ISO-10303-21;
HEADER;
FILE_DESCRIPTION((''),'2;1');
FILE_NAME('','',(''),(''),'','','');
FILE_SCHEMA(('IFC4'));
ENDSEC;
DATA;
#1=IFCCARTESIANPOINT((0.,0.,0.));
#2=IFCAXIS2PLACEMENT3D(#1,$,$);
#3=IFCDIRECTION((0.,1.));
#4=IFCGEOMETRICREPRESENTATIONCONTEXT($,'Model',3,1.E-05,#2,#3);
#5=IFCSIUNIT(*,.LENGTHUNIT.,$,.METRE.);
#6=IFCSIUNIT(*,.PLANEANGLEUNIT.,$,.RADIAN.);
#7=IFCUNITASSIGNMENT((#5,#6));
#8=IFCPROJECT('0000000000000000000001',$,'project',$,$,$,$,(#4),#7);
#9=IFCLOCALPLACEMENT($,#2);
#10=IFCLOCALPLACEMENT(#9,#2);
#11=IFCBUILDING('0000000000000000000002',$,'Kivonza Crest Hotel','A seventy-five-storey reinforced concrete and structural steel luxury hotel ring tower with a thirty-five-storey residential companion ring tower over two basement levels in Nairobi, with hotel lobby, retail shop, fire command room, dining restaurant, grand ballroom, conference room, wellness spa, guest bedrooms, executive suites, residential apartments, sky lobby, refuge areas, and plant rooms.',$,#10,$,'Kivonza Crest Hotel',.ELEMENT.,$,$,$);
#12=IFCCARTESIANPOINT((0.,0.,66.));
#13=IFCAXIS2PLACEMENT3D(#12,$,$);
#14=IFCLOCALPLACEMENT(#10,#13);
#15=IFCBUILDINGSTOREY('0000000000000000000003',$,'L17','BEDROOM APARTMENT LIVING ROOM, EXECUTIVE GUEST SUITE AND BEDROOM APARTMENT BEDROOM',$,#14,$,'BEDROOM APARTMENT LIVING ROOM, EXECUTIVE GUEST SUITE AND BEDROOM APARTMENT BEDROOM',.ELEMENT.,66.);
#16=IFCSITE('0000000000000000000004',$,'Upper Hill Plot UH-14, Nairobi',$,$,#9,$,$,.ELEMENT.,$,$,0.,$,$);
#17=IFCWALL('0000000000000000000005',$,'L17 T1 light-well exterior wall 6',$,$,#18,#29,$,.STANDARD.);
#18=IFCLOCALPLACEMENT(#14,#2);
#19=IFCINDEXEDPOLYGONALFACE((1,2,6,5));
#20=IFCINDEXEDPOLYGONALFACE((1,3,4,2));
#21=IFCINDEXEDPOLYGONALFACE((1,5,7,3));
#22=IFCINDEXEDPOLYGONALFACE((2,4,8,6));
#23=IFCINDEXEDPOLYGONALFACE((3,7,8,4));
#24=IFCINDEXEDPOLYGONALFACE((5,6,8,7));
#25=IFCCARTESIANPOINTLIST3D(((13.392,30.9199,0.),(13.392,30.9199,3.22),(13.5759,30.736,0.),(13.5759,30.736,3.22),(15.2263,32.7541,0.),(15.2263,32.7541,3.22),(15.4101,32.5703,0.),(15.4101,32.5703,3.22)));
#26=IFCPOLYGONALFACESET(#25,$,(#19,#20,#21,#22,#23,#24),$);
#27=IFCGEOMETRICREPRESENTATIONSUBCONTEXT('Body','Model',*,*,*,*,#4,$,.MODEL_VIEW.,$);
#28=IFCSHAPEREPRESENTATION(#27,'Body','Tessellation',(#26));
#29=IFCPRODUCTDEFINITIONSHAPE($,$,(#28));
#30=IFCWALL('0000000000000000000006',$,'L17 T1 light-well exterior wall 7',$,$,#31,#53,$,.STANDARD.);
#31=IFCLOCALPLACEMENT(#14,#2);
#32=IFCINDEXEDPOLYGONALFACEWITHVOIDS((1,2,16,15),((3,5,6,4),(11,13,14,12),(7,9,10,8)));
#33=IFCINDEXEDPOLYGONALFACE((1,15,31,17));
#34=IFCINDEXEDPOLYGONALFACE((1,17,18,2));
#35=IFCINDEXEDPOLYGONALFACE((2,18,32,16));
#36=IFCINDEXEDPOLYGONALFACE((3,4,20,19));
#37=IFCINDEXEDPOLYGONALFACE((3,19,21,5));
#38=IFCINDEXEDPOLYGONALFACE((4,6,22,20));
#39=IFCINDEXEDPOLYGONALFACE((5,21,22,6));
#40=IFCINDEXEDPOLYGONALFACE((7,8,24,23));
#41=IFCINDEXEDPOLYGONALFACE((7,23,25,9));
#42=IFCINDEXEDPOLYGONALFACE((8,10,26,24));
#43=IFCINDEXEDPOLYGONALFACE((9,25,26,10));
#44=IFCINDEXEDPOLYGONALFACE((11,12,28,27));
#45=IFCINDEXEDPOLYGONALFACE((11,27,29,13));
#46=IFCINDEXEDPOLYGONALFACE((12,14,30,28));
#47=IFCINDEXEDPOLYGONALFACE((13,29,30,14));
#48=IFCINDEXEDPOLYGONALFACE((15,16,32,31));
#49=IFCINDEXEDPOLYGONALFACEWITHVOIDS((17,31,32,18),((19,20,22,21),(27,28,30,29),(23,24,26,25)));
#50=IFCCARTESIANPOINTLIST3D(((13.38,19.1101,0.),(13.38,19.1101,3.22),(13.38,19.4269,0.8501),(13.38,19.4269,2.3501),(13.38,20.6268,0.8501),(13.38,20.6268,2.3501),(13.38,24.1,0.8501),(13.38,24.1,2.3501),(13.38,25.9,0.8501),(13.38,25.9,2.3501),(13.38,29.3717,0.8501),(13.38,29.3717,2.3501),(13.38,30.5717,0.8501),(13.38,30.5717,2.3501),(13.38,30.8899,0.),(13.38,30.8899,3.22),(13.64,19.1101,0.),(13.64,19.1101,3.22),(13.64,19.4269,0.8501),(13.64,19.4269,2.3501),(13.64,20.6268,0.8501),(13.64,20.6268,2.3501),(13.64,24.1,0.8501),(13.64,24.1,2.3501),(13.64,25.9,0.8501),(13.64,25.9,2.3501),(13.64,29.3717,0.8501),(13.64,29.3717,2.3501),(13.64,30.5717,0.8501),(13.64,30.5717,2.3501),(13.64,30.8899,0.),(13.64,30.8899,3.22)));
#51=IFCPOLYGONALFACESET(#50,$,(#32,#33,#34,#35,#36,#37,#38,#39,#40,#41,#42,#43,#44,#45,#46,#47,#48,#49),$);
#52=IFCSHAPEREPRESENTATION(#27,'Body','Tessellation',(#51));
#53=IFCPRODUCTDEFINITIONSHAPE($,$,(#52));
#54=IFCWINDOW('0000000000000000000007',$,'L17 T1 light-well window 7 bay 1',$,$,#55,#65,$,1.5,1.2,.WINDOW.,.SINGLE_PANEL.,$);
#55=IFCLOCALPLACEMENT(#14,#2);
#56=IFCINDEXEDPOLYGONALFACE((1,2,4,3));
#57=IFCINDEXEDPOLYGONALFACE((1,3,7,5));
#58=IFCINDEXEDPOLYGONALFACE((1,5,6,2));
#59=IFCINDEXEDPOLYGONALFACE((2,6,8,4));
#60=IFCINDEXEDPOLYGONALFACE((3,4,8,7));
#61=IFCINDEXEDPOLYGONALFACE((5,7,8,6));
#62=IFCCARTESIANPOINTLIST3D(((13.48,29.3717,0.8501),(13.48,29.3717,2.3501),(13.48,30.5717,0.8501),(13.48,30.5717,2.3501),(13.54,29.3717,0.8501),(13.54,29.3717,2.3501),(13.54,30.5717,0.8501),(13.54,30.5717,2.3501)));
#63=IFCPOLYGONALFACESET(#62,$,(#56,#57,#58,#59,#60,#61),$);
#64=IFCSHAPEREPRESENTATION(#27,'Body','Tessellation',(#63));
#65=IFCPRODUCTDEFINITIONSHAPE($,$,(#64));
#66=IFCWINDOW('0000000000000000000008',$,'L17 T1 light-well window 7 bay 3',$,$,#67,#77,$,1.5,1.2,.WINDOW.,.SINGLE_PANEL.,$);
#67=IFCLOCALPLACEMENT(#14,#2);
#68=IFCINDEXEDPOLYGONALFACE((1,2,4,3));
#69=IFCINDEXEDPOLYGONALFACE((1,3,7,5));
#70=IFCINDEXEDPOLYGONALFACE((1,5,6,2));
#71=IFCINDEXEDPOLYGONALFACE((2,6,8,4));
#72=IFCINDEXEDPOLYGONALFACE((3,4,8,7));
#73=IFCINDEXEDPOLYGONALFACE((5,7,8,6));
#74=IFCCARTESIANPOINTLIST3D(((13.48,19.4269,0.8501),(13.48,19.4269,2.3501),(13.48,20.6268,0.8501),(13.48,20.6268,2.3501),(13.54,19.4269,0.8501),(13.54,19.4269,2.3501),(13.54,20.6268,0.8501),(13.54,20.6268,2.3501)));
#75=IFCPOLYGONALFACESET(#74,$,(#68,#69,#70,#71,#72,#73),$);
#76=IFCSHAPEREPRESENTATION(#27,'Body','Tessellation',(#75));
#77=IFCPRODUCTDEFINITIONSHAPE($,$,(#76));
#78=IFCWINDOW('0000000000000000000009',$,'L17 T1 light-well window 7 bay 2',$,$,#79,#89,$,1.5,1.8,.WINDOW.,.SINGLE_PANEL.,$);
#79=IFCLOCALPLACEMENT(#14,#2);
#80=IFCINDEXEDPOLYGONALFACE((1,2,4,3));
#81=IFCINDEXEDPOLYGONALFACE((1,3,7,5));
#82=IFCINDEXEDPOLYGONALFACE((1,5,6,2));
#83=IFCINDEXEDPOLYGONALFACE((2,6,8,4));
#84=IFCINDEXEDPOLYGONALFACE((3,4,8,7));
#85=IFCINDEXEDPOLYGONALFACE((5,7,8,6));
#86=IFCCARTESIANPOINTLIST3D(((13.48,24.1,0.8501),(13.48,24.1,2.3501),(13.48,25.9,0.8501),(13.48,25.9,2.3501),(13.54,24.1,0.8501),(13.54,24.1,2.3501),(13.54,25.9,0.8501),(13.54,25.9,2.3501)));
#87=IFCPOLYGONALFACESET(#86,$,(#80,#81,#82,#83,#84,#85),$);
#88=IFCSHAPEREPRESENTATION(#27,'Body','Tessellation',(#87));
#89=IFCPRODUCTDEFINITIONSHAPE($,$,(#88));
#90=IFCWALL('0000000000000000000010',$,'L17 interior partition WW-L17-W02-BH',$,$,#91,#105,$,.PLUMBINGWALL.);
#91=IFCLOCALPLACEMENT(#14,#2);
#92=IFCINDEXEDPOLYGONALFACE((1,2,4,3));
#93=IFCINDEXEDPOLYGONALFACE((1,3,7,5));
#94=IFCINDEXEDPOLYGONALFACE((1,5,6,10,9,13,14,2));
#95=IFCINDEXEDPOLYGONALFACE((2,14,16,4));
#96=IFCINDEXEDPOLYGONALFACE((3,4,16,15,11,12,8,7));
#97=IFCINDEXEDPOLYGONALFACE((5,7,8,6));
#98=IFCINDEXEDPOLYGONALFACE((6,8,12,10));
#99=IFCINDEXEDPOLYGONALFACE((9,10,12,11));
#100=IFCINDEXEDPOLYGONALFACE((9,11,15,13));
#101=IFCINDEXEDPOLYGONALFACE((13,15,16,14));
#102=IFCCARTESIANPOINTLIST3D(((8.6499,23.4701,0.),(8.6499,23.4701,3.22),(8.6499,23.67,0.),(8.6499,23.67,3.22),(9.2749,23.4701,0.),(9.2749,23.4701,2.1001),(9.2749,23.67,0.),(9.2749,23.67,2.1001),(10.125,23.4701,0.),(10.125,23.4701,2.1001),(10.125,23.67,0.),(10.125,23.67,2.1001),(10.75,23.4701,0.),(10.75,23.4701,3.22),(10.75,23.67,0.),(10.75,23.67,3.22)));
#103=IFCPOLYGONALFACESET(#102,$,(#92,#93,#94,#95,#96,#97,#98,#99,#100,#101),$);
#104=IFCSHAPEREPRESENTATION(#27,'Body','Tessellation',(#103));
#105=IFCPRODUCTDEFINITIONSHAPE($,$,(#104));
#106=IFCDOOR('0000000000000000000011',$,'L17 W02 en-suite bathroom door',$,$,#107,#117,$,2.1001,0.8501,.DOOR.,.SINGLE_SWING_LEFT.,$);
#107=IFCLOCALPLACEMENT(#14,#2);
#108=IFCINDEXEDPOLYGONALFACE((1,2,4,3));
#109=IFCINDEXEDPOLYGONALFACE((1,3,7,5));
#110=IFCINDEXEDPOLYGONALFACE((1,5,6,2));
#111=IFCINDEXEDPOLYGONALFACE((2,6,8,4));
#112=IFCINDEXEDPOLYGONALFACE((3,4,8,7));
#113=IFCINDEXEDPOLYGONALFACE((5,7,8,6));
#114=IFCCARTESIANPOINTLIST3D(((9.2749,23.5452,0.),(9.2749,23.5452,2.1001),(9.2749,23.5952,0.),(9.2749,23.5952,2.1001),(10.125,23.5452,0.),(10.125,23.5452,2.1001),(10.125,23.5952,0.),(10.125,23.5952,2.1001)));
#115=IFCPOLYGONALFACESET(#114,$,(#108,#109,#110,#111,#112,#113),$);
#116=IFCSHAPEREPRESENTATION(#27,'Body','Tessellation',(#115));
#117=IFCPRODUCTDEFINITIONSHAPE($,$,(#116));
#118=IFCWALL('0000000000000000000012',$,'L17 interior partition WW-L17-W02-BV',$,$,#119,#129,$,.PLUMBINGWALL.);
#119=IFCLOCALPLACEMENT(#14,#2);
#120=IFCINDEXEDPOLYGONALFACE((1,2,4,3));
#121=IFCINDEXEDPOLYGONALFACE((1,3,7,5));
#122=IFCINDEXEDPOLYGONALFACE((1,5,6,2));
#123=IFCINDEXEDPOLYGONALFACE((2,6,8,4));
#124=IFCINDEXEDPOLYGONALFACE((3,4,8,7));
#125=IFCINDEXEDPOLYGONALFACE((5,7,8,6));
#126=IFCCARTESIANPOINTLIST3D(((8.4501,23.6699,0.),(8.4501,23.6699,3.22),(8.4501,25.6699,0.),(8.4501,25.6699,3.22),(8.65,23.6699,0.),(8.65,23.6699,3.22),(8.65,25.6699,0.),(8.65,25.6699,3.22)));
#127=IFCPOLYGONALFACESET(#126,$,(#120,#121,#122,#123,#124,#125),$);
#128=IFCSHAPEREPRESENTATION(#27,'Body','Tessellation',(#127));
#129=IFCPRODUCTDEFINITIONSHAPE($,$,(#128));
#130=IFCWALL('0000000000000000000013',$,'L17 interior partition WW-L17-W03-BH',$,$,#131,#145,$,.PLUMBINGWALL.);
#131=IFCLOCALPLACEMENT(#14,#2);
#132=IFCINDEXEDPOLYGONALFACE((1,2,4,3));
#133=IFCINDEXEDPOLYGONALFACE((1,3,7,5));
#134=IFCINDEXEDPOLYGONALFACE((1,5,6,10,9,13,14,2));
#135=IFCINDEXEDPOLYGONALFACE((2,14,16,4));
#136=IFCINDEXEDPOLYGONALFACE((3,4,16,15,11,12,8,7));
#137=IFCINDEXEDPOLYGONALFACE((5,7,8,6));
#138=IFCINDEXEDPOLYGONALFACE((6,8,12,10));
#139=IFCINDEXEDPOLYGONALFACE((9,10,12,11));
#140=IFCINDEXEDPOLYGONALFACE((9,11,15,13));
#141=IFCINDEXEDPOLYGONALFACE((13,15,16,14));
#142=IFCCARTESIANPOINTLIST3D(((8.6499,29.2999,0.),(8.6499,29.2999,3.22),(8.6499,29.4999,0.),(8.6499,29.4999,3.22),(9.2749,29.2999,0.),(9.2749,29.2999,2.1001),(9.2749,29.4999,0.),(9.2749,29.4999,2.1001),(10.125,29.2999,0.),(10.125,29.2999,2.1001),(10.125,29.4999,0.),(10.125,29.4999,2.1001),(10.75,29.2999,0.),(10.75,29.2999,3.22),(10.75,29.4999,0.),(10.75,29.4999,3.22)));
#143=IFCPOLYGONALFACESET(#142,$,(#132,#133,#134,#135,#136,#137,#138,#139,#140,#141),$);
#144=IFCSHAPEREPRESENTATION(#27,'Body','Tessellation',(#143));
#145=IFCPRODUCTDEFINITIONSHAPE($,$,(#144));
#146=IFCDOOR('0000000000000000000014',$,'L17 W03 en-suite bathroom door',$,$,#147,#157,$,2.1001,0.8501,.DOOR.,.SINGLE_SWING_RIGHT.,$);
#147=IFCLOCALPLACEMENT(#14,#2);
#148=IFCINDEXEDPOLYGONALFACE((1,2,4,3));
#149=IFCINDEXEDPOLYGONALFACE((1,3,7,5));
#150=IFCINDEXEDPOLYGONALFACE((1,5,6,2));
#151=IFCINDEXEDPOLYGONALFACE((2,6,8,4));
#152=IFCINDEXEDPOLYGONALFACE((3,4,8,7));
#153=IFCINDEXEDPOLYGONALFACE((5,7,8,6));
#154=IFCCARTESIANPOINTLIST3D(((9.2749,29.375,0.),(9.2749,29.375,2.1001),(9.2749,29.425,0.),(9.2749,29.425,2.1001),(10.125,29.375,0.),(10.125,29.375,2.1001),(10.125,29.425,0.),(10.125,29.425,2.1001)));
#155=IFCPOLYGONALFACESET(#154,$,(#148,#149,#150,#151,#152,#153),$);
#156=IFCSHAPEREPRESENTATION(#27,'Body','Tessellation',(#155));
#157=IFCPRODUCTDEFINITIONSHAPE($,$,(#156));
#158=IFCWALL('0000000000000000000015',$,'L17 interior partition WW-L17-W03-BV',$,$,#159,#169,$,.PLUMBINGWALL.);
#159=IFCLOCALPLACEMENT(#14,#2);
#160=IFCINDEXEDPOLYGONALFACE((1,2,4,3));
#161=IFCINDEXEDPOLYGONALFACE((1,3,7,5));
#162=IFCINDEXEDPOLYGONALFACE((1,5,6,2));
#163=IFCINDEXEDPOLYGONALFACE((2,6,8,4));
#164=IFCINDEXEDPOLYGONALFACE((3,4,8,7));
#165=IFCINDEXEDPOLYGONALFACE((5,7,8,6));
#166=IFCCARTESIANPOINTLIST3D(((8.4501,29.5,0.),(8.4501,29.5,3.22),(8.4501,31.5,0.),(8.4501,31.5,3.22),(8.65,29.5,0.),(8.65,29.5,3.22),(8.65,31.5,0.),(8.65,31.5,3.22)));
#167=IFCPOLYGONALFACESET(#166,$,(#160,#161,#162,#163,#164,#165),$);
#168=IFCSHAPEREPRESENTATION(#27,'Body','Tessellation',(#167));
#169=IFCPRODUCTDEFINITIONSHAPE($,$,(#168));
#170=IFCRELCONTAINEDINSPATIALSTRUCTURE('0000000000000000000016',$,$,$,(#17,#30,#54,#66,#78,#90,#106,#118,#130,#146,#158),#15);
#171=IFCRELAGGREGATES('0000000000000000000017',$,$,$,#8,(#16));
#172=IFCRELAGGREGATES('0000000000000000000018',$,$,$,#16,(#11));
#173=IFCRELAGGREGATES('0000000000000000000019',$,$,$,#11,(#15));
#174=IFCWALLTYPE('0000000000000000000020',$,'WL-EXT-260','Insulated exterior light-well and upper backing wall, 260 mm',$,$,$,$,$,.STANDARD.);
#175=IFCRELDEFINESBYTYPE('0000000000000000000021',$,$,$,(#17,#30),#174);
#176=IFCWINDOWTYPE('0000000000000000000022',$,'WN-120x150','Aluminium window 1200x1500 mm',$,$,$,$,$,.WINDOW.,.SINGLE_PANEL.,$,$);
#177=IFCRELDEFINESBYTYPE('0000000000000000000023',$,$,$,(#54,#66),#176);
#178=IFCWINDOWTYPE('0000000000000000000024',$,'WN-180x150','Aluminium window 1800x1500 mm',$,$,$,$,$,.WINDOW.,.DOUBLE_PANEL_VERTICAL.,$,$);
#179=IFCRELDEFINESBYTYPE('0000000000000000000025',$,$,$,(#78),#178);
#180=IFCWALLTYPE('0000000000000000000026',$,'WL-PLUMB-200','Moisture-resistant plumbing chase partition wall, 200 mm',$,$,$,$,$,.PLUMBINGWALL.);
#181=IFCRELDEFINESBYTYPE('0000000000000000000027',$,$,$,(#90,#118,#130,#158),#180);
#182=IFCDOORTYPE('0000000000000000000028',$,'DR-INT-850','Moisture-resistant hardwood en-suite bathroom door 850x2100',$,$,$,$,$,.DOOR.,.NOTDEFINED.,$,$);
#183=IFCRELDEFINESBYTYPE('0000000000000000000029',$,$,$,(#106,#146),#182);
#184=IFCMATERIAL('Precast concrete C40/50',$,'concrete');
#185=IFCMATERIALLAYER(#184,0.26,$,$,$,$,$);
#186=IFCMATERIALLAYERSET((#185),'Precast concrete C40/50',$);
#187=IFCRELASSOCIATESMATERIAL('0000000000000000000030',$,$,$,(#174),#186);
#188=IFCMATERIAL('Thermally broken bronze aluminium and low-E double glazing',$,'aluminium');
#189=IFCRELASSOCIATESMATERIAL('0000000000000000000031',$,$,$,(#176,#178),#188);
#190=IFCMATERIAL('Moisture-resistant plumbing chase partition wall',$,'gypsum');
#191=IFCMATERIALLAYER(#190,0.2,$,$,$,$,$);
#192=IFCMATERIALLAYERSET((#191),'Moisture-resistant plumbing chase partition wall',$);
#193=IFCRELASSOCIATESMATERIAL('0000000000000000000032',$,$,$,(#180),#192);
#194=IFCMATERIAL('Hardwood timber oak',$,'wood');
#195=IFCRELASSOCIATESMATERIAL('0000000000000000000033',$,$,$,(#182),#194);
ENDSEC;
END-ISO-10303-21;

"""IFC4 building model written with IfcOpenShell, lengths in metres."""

from ifc_helpers import new_model, si_unit, direction, frame, frame_2d, origin, place, context, subcontext, project, spatial, rectangle, extrude, material, layer, layer_set, type_object, element, fill, save


model = new_model("IFC4")

# Units and contexts
model_context = context("Model", 3, precision=1e-05, world=origin(), true_north=direction((0.0, 1.0)))
body_context = subcontext(model_context, "Body", "Model", "MODEL_VIEW")
ifc_project = project(units=[si_unit("LENGTHUNIT", "METRE"), si_unit("PLANEANGLEUNIT", "RADIAN")], contexts=[model_context])

# Site, building, storey
site_placement = place(None, origin())
site = spatial("IfcSite", under=ifc_project, at=site_placement, Name="Upper Hill Plot UH-14, Nairobi", CompositionType="ELEMENT", RefElevation=0.0)
building_placement = place(site_placement, origin())
building = spatial("IfcBuilding", under=site, at=building_placement, Name="Kivonza Crest Hotel", Description="A seventy-five-storey reinforced concrete and structural steel luxury hotel ring tower with a thirty-five-storey residential companion ring tower over two basement levels in Nairobi, with hotel lobby, retail shop, fire command room, dining restaurant, grand ballroom, conference room, wellness spa, guest bedrooms, executive suites, residential apartments, sky lobby, refuge areas, and plant rooms.", LongName="Kivonza Crest Hotel", CompositionType="ELEMENT")
storey_placement = place(building_placement, frame((0.0, 0.0, 66.0)))
storey = spatial("IfcBuildingStorey", under=building, at=storey_placement, Name="L17", Description="BEDROOM APARTMENT LIVING ROOM, EXECUTIVE GUEST SUITE AND BEDROOM APARTMENT BEDROOM", LongName="BEDROOM APARTMENT LIVING ROOM, EXECUTIVE GUEST SUITE AND BEDROOM APARTMENT BEDROOM", CompositionType="ELEMENT", Elevation=66.0)

# Shared definitions
ifc_material_1 = material(Name="Hardwood timber oak", Category="wood")

# Wall
ifc_material_2 = material(Name="Precast concrete C40/50", Category="concrete")
ifc_layer_1 = layer(ifc_material_2, 0.26)
ifc_layer_set_1 = layer_set([ifc_layer_1], Name="Precast concrete C40/50")
wall_type_1 = type_object("IfcWallType", Name="WL-EXT-260", Description="Insulated exterior light-well and upper backing wall, 260 mm", PredefinedType="STANDARD", material=ifc_layer_set_1)
wall_1_placement = place(storey_placement, frame((15.3181, 32.6621, 0.0), z_axis=(0.0, 0.0, 1.0), x_axis=(-0.707107, -0.707107, 0.0)))
element("IfcWall", 1, at=wall_1_placement, inside=storey, type_object=wall_type_1, Name="L17 T1 light-well exterior wall 6", PredefinedType="STANDARD", context=body_context, shape_type="SweptSolid", body=[
    extrude(rectangle(XDim=2.594, YDim=0.26, at=frame_2d((1.2969, 0.0))), origin(), (0.0, 0.0, 1.0), 3.22),
])

# Wall, openings, windows
wall_2_placement = place(storey_placement, frame((13.51, 30.8899, 0.0), z_axis=(0.0, 0.0, 1.0), x_axis=(0.0, -1.0, 0.0)))
wall_2 = element("IfcWall", 2, at=wall_2_placement, inside=storey, type_object=wall_type_1, Name="L17 T1 light-well exterior wall 7", PredefinedType="STANDARD", context=body_context, shape_type="SweptSolid", body=[
    extrude(rectangle(XDim=11.7798, YDim=0.26, at=frame_2d((5.8899, 0.0))), origin(), (0.0, 0.0, 1.0), 3.22),
])
opening_1_placement = place(wall_2_placement, frame((0.3181, 0.0, 0.8501)))
opening_1 = element("IfcOpeningElement", 3, at=opening_1_placement, cuts=wall_2, PredefinedType="OPENING", context=body_context, shape_type="SweptSolid", body=[
    extrude(rectangle(XDim=1.2, YDim=1.5, at=frame_2d((0.6001, 0.75))), frame((0.0, 0.1401, 0.0), z_axis=(0.0, -1.0, 0.0), x_axis=(1.0, 0.0, 0.0)), (0.0, 0.0, 1.0), 0.28),
])
opening_2_placement = place(wall_2_placement, frame((4.99, 0.0, 0.8501)))
opening_2 = element("IfcOpeningElement", 4, at=opening_2_placement, cuts=wall_2, PredefinedType="OPENING", context=body_context, shape_type="SweptSolid", body=[
    extrude(rectangle(XDim=1.8, YDim=1.5, at=frame_2d((0.8999, 0.75))), frame((0.0, 0.1401, 0.0), z_axis=(0.0, -1.0, 0.0), x_axis=(1.0, 0.0, 0.0)), (0.0, 0.0, 1.0), 0.28),
])
opening_3_placement = place(wall_2_placement, frame((10.2629, 0.0, 0.8501)))
opening_3 = element("IfcOpeningElement", 5, at=opening_3_placement, cuts=wall_2, PredefinedType="OPENING", context=body_context, shape_type="SweptSolid", body=[
    extrude(rectangle(XDim=1.2, YDim=1.5, at=frame_2d((0.6001, 0.75))), frame((0.0, 0.1401, 0.0), z_axis=(0.0, -1.0, 0.0), x_axis=(1.0, 0.0, 0.0)), (0.0, 0.0, 1.0), 0.28),
])
ifc_material_3 = material(Name="Thermally broken bronze aluminium and low-E double glazing", Category="aluminium")
window_type_1 = type_object("IfcWindowType", Name="WN-120x150", Description="Aluminium window 1200x1500 mm", PartitioningType="SINGLE_PANEL", PredefinedType="WINDOW", material=ifc_material_3)
window_1_placement = place(opening_1_placement, origin())
window_1 = element("IfcWindow", 6, at=window_1_placement, inside=storey, type_object=window_type_1, Name="L17 T1 light-well window 7 bay 1", OverallHeight=1.5, OverallWidth=1.2, PartitioningType="SINGLE_PANEL", PredefinedType="WINDOW", context=body_context, shape_type="SweptSolid", body=[
    extrude(rectangle(XDim=1.2, YDim=1.5, at=frame_2d((0.6001, 0.75))), frame((0.0, 0.03, 0.0), z_axis=(0.0, -1.0, 0.0), x_axis=(1.0, 0.0, 0.0)), (0.0, 0.0, 1.0), 0.0601),
])
fill(opening_1, window_1)
window_2_placement = place(opening_3_placement, origin())
window_2 = element("IfcWindow", 7, at=window_2_placement, inside=storey, type_object=window_type_1, Name="L17 T1 light-well window 7 bay 3", OverallHeight=1.5, OverallWidth=1.2, PartitioningType="SINGLE_PANEL", PredefinedType="WINDOW", context=body_context, shape_type="SweptSolid", body=[
    extrude(rectangle(XDim=1.2, YDim=1.5, at=frame_2d((0.6001, 0.75))), frame((0.0, 0.03, 0.0), z_axis=(0.0, -1.0, 0.0), x_axis=(1.0, 0.0, 0.0)), (0.0, 0.0, 1.0), 0.0601),
])
fill(opening_3, window_2)
window_type_2 = type_object("IfcWindowType", Name="WN-180x150", Description="Aluminium window 1800x1500 mm", PartitioningType="DOUBLE_PANEL_VERTICAL", PredefinedType="WINDOW", material=ifc_material_3)
window_3_placement = place(opening_2_placement, origin())
window_3 = element("IfcWindow", 8, at=window_3_placement, inside=storey, type_object=window_type_2, Name="L17 T1 light-well window 7 bay 2", OverallHeight=1.5, OverallWidth=1.8, PartitioningType="SINGLE_PANEL", PredefinedType="WINDOW", context=body_context, shape_type="SweptSolid", body=[
    extrude(rectangle(XDim=1.8, YDim=1.5, at=frame_2d((0.8999, 0.75))), frame((0.0, 0.03, 0.0), z_axis=(0.0, -1.0, 0.0), x_axis=(1.0, 0.0, 0.0)), (0.0, 0.0, 1.0), 0.0601),
])
fill(opening_2, window_3)

# Wall, opening, door
ifc_material_4 = material(Name="Moisture-resistant plumbing chase partition wall", Category="gypsum")
ifc_layer_2 = layer(ifc_material_4, 0.2)
ifc_layer_set_2 = layer_set([ifc_layer_2], Name="Moisture-resistant plumbing chase partition wall")
wall_type_2 = type_object("IfcWallType", Name="WL-PLUMB-200", Description="Moisture-resistant plumbing chase partition wall, 200 mm", PredefinedType="PLUMBINGWALL", material=ifc_layer_set_2)
wall_3_placement = place(storey_placement, frame((8.6499, 23.5701, 0.0), z_axis=(0.0, 0.0, 1.0), x_axis=(1.0, 0.0, 0.0)))
wall_3 = element("IfcWall", 9, at=wall_3_placement, inside=storey, type_object=wall_type_2, Name="L17 interior partition WW-L17-W02-BH", PredefinedType="PLUMBINGWALL", context=body_context, shape_type="SweptSolid", body=[
    extrude(rectangle(XDim=2.1001, YDim=0.2, at=frame_2d((1.05, 0.0))), origin(), (0.0, 0.0, 1.0), 3.22),
])
opening_4_placement = place(wall_3_placement, frame((0.625, 0.0, 0.0)))
opening_4 = element("IfcOpeningElement", 10, at=opening_4_placement, cuts=wall_3, PredefinedType="OPENING", context=body_context, shape_type="SweptSolid", body=[
    extrude(rectangle(XDim=0.8501, YDim=2.1001, at=frame_2d((0.425, 1.05))), frame((0.0, 0.1099, 0.0), z_axis=(0.0, -1.0, 0.0), x_axis=(1.0, 0.0, 0.0)), (0.0, 0.0, 1.0), 0.22),
])
door_type_1 = type_object("IfcDoorType", Name="DR-INT-850", Description="Moisture-resistant hardwood en-suite bathroom door 850x2100", OperationType="NOTDEFINED", PredefinedType="DOOR", material=ifc_material_1)
door_1_placement = place(opening_4_placement, frame((0.8501, 0.0, 0.0), z_axis=(0.0, 0.0, 1.0), x_axis=(-1.0, 0.0, 0.0)))
door_1 = element("IfcDoor", 11, at=door_1_placement, inside=storey, type_object=door_type_1, Name="L17 W02 en-suite bathroom door", OperationType="SINGLE_SWING_LEFT", OverallHeight=2.1001, OverallWidth=0.8501, PredefinedType="DOOR", context=body_context, shape_type="SweptSolid", body=[
    extrude(rectangle(XDim=0.8501, YDim=2.1001, at=frame_2d((0.425, 1.05))), frame((0.0, 0.0249, 0.0), z_axis=(0.0, -1.0, 0.0), x_axis=(1.0, 0.0, 0.0)), (0.0, 0.0, 1.0), 0.05),
])
fill(opening_4, door_1)

# Wall
wall_4_placement = place(storey_placement, frame((8.55, 23.6699, 0.0), z_axis=(0.0, 0.0, 1.0), x_axis=(0.0, 1.0, 0.0)))
element("IfcWall", 12, at=wall_4_placement, inside=storey, type_object=wall_type_2, Name="L17 interior partition WW-L17-W02-BV", PredefinedType="PLUMBINGWALL", context=body_context, shape_type="SweptSolid", body=[
    extrude(rectangle(XDim=2.0, YDim=0.2, at=frame_2d((1.0, 0.0))), origin(), (0.0, 0.0, 1.0), 3.22),
])

# Wall, opening, door
wall_5_placement = place(storey_placement, frame((8.6499, 29.3999, 0.0), z_axis=(0.0, 0.0, 1.0), x_axis=(1.0, 0.0, 0.0)))
wall_5 = element("IfcWall", 13, at=wall_5_placement, inside=storey, type_object=wall_type_2, Name="L17 interior partition WW-L17-W03-BH", PredefinedType="PLUMBINGWALL", context=body_context, shape_type="SweptSolid", body=[
    extrude(rectangle(XDim=2.1001, YDim=0.2, at=frame_2d((1.05, 0.0))), origin(), (0.0, 0.0, 1.0), 3.22),
])
opening_5_placement = place(wall_5_placement, frame((0.625, 0.0, 0.0)))
opening_5 = element("IfcOpeningElement", 14, at=opening_5_placement, cuts=wall_5, PredefinedType="OPENING", context=body_context, shape_type="SweptSolid", body=[
    extrude(rectangle(XDim=0.8501, YDim=2.1001, at=frame_2d((0.425, 1.05))), frame((0.0, 0.1099, 0.0), z_axis=(0.0, -1.0, 0.0), x_axis=(1.0, 0.0, 0.0)), (0.0, 0.0, 1.0), 0.22),
])
door_2_placement = place(opening_5_placement, frame((0.8501, 0.0, 0.0), z_axis=(0.0, 0.0, 1.0), x_axis=(-1.0, 0.0, 0.0)))
door_2 = element("IfcDoor", 15, at=door_2_placement, inside=storey, type_object=door_type_1, Name="L17 W03 en-suite bathroom door", OperationType="SINGLE_SWING_RIGHT", OverallHeight=2.1001, OverallWidth=0.8501, PredefinedType="DOOR", context=body_context, shape_type="SweptSolid", body=[
    extrude(rectangle(XDim=0.8501, YDim=2.1001, at=frame_2d((0.425, 1.05))), frame((0.0, 0.0249, 0.0), z_axis=(0.0, -1.0, 0.0), x_axis=(1.0, 0.0, 0.0)), (0.0, 0.0, 1.0), 0.05),
])
fill(opening_5, door_2)

# Wall
wall_6_placement = place(storey_placement, frame((8.55, 29.5, 0.0), z_axis=(0.0, 0.0, 1.0), x_axis=(0.0, 1.0, 0.0)))
element("IfcWall", 16, at=wall_6_placement, inside=storey, type_object=wall_type_2, Name="L17 interior partition WW-L17-W03-BV", PredefinedType="PLUMBINGWALL", context=body_context, shape_type="SweptSolid", body=[
    extrude(rectangle(XDim=2.0, YDim=0.2, at=frame_2d((1.0, 0.0))), origin(), (0.0, 0.0, 1.0), 3.22),
])

save(model, "model.ifc")
